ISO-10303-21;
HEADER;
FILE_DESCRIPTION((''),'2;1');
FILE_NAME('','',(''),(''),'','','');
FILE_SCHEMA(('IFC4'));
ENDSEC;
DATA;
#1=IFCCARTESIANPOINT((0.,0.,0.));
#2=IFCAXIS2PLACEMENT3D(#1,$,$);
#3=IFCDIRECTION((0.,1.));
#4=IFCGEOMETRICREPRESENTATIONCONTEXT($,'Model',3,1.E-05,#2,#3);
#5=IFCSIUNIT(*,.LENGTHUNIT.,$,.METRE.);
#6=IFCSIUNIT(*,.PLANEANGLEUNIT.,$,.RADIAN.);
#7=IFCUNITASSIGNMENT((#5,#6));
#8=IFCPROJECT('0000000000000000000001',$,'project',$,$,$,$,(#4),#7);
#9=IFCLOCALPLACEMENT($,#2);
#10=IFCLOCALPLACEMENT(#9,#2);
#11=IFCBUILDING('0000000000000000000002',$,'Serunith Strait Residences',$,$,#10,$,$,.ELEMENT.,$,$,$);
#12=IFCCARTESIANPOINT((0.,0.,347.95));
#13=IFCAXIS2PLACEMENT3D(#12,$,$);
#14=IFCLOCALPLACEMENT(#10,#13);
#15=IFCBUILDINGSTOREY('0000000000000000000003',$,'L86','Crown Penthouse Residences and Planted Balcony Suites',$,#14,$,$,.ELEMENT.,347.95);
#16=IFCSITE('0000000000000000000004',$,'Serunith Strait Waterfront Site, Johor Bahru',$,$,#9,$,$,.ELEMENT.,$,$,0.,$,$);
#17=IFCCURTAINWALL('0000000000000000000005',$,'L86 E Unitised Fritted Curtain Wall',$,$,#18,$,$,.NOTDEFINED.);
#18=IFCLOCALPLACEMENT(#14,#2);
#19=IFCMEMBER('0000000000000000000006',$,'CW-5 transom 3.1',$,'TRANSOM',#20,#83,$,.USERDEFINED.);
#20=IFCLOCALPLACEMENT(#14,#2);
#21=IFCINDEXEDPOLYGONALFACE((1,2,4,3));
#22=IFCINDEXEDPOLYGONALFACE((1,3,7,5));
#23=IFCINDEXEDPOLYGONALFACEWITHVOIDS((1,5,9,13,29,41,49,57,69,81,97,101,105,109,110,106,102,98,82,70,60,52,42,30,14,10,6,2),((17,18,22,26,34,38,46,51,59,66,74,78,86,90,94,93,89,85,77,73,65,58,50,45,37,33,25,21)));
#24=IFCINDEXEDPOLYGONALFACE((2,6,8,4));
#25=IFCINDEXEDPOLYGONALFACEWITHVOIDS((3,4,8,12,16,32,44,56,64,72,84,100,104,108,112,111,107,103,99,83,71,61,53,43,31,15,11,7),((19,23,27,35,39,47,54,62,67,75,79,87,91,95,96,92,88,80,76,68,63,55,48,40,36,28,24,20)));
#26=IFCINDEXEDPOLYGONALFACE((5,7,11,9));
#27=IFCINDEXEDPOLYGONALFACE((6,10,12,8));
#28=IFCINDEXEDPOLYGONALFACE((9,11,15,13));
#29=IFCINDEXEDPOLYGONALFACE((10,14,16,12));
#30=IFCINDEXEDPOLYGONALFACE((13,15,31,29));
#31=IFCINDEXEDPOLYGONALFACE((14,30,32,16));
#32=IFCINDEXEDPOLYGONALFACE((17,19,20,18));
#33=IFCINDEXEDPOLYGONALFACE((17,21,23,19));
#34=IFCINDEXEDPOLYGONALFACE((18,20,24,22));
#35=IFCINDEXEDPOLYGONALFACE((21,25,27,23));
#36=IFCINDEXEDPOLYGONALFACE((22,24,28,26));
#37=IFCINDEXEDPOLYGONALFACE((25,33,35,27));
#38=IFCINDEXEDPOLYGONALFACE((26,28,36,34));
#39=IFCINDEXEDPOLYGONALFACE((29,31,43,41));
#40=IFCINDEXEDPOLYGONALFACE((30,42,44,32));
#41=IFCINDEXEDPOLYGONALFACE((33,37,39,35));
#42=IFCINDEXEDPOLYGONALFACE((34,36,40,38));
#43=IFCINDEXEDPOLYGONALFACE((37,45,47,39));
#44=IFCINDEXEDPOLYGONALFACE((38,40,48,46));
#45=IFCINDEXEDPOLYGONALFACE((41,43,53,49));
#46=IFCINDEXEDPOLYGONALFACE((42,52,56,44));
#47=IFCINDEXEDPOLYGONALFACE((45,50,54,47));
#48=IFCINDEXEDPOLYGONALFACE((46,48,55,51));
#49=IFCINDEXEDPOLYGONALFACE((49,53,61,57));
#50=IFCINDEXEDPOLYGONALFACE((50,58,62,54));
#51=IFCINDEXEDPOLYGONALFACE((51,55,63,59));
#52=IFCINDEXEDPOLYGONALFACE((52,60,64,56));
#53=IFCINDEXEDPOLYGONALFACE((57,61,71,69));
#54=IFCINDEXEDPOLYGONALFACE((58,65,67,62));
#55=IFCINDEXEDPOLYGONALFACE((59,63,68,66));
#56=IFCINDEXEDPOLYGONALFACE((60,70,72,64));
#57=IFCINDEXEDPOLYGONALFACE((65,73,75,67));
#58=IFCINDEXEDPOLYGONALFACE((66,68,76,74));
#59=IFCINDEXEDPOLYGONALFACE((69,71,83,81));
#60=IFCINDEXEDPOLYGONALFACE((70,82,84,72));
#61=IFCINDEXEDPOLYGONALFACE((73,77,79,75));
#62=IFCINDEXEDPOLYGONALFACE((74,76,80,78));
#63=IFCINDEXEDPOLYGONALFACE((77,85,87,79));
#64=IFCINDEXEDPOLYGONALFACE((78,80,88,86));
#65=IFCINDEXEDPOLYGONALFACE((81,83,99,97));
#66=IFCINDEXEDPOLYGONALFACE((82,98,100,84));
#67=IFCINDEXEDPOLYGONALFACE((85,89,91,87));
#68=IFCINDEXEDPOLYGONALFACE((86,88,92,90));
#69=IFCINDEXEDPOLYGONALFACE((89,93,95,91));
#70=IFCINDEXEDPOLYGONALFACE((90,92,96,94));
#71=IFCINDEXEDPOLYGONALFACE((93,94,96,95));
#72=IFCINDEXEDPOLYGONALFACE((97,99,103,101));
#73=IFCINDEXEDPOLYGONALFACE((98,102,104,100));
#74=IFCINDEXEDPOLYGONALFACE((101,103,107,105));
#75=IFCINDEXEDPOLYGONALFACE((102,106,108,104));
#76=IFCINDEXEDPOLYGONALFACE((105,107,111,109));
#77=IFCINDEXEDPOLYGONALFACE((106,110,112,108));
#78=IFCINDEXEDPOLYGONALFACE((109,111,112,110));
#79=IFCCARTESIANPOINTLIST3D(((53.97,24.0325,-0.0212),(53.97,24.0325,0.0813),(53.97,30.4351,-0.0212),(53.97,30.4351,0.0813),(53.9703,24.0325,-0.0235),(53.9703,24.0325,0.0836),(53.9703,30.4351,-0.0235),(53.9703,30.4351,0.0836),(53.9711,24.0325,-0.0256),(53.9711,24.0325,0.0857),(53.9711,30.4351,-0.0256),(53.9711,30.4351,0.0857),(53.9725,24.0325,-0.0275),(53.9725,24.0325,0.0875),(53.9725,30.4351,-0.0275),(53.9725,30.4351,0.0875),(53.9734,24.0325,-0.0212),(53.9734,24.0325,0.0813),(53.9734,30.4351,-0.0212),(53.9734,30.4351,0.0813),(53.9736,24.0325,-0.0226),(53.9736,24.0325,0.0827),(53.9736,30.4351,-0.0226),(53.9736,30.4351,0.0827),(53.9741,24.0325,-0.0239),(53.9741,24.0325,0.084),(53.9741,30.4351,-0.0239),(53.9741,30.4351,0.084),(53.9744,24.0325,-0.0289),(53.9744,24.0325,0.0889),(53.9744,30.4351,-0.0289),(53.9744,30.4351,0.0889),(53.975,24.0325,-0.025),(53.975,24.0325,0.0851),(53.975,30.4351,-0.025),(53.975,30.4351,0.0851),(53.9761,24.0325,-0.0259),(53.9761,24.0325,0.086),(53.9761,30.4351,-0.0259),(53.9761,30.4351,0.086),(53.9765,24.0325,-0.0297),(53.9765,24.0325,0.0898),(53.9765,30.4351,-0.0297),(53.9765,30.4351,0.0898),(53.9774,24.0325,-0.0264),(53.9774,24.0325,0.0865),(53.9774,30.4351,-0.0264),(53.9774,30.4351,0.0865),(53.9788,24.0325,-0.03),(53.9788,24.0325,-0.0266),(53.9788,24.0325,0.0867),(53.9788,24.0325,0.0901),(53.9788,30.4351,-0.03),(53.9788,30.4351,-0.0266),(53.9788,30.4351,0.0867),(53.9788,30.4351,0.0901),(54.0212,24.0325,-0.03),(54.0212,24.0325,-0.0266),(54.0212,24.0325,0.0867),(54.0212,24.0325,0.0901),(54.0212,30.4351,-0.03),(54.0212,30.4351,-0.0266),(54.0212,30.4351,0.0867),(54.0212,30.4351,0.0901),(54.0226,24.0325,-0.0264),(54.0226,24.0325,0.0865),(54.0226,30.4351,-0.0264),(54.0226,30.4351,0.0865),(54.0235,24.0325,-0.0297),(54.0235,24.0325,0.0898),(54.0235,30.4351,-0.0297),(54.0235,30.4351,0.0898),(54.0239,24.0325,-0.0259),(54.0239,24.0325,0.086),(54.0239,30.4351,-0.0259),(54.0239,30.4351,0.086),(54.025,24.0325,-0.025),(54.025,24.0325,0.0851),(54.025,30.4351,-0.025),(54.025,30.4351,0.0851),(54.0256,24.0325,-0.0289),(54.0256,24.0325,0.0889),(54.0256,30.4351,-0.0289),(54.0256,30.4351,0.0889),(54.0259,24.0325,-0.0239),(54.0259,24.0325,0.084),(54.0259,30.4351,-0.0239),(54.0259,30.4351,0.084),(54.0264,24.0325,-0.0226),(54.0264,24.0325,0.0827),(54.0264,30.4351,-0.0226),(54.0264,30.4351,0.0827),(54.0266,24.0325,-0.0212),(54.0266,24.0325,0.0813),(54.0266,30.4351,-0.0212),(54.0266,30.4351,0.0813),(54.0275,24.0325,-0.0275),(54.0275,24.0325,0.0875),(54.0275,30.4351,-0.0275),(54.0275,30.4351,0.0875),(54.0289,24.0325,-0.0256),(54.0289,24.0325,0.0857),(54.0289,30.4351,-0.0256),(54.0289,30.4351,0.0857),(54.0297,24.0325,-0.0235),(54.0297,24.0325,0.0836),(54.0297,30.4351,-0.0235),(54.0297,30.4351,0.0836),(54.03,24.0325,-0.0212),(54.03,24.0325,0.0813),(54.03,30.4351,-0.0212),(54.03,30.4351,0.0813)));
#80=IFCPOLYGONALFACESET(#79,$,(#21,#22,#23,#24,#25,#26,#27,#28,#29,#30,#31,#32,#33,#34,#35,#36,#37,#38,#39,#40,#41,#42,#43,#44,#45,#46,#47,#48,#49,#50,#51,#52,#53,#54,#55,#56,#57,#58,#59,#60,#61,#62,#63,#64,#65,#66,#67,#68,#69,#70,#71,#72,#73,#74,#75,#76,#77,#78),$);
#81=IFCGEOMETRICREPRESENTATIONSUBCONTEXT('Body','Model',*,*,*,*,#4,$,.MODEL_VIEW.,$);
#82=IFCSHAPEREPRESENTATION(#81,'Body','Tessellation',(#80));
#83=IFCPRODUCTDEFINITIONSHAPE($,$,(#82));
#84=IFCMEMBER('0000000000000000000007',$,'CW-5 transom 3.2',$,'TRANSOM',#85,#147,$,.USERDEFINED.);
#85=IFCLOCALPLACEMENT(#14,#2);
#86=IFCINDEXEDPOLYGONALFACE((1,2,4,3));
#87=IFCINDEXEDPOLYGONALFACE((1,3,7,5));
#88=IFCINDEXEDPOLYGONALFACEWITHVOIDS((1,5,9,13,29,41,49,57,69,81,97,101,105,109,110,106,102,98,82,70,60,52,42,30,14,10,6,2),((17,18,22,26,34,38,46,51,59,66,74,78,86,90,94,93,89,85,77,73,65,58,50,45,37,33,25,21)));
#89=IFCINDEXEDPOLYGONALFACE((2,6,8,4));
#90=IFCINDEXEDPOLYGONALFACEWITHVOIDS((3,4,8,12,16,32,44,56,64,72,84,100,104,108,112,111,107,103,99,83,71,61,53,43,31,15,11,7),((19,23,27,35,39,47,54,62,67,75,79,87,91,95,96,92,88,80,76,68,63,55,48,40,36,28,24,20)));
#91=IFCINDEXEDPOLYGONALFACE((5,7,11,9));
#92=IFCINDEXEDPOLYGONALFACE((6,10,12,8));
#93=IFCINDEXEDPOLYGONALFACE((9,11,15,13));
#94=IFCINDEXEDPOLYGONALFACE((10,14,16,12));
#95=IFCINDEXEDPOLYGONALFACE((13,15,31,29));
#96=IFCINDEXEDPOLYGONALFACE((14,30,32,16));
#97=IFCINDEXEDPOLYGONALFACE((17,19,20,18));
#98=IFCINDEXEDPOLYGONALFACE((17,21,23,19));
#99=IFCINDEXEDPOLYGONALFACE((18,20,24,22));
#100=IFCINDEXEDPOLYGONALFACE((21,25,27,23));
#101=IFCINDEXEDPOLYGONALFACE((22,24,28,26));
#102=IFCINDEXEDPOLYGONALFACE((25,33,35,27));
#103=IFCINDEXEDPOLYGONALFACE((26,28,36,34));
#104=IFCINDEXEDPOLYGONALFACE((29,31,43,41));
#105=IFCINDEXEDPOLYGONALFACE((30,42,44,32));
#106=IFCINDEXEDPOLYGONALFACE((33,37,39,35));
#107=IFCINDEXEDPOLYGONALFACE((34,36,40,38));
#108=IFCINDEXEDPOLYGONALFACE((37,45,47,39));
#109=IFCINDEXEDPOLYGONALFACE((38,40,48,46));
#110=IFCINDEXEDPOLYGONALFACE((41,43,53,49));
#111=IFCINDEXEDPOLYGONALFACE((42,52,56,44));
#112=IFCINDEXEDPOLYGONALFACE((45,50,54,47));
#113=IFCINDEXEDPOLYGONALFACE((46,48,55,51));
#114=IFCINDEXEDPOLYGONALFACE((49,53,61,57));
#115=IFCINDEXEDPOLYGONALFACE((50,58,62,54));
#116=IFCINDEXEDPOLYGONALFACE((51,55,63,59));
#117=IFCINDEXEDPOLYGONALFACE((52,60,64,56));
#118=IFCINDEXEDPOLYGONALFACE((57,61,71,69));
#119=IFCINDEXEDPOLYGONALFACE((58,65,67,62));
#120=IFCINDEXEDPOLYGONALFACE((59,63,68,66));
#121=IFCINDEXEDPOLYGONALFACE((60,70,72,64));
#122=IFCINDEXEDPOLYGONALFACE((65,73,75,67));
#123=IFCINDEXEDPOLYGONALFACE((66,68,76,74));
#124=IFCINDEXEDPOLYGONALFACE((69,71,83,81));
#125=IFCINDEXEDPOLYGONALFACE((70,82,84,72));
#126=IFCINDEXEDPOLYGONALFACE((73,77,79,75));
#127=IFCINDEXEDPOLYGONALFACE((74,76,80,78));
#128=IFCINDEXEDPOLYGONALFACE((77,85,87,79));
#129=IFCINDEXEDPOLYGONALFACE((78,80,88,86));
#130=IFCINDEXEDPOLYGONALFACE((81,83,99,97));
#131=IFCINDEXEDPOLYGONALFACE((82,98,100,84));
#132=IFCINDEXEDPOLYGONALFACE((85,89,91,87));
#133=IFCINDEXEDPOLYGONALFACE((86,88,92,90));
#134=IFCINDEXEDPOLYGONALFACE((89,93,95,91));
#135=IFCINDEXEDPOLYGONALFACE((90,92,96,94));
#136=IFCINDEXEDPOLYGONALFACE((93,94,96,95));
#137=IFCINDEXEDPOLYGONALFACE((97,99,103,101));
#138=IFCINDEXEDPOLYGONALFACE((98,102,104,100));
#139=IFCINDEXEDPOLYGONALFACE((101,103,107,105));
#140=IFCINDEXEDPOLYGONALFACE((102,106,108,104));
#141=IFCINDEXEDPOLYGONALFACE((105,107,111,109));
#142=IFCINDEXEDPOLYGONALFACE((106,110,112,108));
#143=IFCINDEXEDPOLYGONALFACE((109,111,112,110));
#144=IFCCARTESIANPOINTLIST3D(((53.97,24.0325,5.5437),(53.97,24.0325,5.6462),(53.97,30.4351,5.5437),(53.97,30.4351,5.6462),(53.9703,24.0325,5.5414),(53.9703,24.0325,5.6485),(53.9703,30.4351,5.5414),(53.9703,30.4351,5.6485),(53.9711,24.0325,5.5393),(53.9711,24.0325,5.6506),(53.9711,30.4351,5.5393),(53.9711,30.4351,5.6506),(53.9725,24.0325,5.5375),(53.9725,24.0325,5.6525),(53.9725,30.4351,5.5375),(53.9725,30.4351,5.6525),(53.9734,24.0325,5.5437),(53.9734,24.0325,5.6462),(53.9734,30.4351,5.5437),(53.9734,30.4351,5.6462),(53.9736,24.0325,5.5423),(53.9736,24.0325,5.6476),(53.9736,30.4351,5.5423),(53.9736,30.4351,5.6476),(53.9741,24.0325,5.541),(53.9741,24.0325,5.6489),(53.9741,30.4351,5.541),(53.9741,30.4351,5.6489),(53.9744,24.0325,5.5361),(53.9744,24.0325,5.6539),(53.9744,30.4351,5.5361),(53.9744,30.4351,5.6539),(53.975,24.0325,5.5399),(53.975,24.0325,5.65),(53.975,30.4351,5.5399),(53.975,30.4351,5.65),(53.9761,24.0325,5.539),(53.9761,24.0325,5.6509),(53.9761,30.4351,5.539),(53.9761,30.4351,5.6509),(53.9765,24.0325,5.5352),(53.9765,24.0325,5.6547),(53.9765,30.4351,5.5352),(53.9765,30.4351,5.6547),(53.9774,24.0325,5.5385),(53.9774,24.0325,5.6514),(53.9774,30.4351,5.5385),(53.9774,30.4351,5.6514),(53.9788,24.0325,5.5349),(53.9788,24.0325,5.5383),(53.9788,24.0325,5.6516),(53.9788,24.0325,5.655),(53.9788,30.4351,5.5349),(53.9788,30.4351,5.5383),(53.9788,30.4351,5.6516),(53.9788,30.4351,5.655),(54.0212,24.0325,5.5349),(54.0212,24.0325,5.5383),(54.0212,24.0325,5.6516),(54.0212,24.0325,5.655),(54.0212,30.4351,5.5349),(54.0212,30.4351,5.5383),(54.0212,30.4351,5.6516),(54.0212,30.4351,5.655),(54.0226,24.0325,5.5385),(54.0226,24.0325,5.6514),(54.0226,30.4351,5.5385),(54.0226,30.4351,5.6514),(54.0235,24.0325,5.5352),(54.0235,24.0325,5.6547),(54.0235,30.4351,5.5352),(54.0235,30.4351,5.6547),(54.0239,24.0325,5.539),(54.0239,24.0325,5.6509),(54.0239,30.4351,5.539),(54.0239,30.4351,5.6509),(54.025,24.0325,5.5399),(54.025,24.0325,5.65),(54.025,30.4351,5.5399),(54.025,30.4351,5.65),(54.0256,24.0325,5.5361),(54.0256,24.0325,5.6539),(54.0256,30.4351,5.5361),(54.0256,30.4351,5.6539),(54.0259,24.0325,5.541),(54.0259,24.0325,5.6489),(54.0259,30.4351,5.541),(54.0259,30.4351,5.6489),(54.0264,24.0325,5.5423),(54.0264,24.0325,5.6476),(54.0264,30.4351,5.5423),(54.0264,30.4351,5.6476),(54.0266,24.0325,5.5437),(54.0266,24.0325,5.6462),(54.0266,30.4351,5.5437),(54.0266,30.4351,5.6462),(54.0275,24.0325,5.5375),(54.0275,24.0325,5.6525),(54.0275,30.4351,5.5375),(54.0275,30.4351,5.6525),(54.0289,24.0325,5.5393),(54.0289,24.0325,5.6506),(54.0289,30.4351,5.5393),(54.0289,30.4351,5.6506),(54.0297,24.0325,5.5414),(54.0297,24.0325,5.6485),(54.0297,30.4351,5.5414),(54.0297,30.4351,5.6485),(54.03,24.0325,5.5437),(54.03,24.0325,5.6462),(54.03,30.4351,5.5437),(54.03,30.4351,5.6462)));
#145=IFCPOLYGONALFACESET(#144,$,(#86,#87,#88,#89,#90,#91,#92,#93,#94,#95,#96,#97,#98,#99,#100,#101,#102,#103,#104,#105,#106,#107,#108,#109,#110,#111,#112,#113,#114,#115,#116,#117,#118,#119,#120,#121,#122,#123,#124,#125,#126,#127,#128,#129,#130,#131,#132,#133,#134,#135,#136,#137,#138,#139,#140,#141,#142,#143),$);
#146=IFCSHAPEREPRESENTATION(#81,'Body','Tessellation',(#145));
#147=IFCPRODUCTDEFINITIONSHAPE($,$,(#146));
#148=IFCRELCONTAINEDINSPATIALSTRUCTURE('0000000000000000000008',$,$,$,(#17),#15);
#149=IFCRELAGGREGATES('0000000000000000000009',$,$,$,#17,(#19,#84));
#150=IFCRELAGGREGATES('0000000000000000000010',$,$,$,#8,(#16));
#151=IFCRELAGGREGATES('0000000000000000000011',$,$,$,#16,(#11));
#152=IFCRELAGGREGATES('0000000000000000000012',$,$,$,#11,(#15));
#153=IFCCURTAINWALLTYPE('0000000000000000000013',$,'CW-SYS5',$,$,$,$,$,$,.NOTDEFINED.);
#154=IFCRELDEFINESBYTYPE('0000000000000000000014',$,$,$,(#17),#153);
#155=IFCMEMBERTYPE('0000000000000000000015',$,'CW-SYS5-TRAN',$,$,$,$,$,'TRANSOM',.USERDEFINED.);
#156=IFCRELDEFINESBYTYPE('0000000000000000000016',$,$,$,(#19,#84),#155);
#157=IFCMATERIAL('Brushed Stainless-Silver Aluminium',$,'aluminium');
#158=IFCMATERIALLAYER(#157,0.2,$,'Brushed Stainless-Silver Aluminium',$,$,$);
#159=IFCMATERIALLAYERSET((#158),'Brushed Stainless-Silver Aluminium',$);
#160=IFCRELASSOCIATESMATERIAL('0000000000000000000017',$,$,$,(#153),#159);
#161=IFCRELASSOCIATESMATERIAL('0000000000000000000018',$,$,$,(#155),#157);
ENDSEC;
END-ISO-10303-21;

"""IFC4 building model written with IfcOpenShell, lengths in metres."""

from ifc_helpers import new_model, si_unit, direction, frame, origin, origin_2d, place, context, subcontext, project, spatial, hollow_rectangle, extrude, source, transform, mapped, material, layer, layer_set, material_profile, profile_set, type_object, element, aggregate, save


model = new_model("IFC4")

# Units and contexts
model_context = context("Model", 3, precision=1e-05, world=origin(), true_north=direction((0.0, 1.0)))
body_context = subcontext(model_context, "Body", "Model", "MODEL_VIEW")
ifc_project = project(units=[si_unit("LENGTHUNIT", "METRE"), si_unit("PLANEANGLEUNIT", "RADIAN")], contexts=[model_context])

# Site, building, storey
site_placement = place(None, origin())
site = spatial("IfcSite", under=ifc_project, at=site_placement, Name="Serunith Strait Waterfront Site, Johor Bahru", CompositionType="ELEMENT", RefElevation=0.0)
building_placement = place(site_placement, origin())
building = spatial("IfcBuilding", under=site, at=building_placement, Name="Serunith Strait Residences", CompositionType="ELEMENT")
storey_placement = place(building_placement, frame((0.0, 0.0, 347.95)))
storey = spatial("IfcBuildingStorey", under=building, at=storey_placement, Name="L86", Description="Crown Penthouse Residences and Planted Balcony Suites", CompositionType="ELEMENT", Elevation=347.95)

# Curtain wall, members
ifc_material_1 = material(Name="Brushed Stainless-Silver Aluminium", Category="aluminium")
ifc_layer_1 = layer(ifc_material_1, 0.2, Name="Brushed Stainless-Silver Aluminium")
ifc_layer_set_1 = layer_set([ifc_layer_1], Name="Brushed Stainless-Silver Aluminium")
curtain_wall_type = type_object("IfcCurtainWallType", Name="CW-SYS5", PredefinedType="NOTDEFINED", material=ifc_layer_set_1)
curtain_wall_placement = place(storey_placement, origin())
curtain_wall = element("IfcCurtainWall", 1, at=curtain_wall_placement, inside=storey, type_object=curtain_wall_type, Name="L86 E Unitised Fritted Curtain Wall", PredefinedType="NOTDEFINED")
ifc_material_profile_1 = material_profile(ifc_material_1, hollow_rectangle(XDim=0.0601, YDim=0.1201, WallThickness=0.0034, InnerFilletRadius=0.0054, OuterFilletRadius=0.0088, at=origin_2d()), Name="ALU 120x60x3.5")
ifc_profile_set_1 = profile_set([ifc_material_profile_1], Name="Brushed Stainless-Silver Aluminium")
member_type_1 = type_object("IfcMemberType", Name="CW-SYS5-TRAN", ElementType="TRANSOM", PredefinedType="USERDEFINED", material=ifc_profile_set_1)
shared_shape_1 = source(origin(), body_context, "Body", "SweptSolid", [
    extrude(hollow_rectangle(XDim=0.0601, YDim=0.1201, WallThickness=0.0034, InnerFilletRadius=0.0054, OuterFilletRadius=0.0088, at=origin_2d()), origin(), (0.0, 0.0, 1.0), 6.4026),
])
member_1_placement = place(storey_placement, frame((54.0, 24.0325, 0.03), z_axis=(0.0, 1.0, 0.0), x_axis=(-1.0, 0.0, 0.0)))
member_1 = element("IfcMember", 2, at=member_1_placement, type_object=member_type_1, Name="CW-5 transom 3.1", ObjectType="TRANSOM", PredefinedType="USERDEFINED", context=body_context, shape_type="MappedRepresentation", body=[
    mapped(shared_shape_1, transform((0.0, 0.0, 0.0), scale=1.0)),
])
member_2_placement = place(storey_placement, frame((54.0, 24.0325, 5.595), z_axis=(0.0, 1.0, 0.0), x_axis=(-1.0, 0.0, 0.0)))
member_2 = element("IfcMember", 3, at=member_2_placement, type_object=member_type_1, Name="CW-5 transom 3.2", ObjectType="TRANSOM", PredefinedType="USERDEFINED", context=body_context, shape_type="MappedRepresentation", body=[
    mapped(shared_shape_1, transform((0.0, 0.0, 0.0), scale=1.0)),
])
aggregate(curtain_wall, [member_1, member_2])

save(model, "model.ifc")
